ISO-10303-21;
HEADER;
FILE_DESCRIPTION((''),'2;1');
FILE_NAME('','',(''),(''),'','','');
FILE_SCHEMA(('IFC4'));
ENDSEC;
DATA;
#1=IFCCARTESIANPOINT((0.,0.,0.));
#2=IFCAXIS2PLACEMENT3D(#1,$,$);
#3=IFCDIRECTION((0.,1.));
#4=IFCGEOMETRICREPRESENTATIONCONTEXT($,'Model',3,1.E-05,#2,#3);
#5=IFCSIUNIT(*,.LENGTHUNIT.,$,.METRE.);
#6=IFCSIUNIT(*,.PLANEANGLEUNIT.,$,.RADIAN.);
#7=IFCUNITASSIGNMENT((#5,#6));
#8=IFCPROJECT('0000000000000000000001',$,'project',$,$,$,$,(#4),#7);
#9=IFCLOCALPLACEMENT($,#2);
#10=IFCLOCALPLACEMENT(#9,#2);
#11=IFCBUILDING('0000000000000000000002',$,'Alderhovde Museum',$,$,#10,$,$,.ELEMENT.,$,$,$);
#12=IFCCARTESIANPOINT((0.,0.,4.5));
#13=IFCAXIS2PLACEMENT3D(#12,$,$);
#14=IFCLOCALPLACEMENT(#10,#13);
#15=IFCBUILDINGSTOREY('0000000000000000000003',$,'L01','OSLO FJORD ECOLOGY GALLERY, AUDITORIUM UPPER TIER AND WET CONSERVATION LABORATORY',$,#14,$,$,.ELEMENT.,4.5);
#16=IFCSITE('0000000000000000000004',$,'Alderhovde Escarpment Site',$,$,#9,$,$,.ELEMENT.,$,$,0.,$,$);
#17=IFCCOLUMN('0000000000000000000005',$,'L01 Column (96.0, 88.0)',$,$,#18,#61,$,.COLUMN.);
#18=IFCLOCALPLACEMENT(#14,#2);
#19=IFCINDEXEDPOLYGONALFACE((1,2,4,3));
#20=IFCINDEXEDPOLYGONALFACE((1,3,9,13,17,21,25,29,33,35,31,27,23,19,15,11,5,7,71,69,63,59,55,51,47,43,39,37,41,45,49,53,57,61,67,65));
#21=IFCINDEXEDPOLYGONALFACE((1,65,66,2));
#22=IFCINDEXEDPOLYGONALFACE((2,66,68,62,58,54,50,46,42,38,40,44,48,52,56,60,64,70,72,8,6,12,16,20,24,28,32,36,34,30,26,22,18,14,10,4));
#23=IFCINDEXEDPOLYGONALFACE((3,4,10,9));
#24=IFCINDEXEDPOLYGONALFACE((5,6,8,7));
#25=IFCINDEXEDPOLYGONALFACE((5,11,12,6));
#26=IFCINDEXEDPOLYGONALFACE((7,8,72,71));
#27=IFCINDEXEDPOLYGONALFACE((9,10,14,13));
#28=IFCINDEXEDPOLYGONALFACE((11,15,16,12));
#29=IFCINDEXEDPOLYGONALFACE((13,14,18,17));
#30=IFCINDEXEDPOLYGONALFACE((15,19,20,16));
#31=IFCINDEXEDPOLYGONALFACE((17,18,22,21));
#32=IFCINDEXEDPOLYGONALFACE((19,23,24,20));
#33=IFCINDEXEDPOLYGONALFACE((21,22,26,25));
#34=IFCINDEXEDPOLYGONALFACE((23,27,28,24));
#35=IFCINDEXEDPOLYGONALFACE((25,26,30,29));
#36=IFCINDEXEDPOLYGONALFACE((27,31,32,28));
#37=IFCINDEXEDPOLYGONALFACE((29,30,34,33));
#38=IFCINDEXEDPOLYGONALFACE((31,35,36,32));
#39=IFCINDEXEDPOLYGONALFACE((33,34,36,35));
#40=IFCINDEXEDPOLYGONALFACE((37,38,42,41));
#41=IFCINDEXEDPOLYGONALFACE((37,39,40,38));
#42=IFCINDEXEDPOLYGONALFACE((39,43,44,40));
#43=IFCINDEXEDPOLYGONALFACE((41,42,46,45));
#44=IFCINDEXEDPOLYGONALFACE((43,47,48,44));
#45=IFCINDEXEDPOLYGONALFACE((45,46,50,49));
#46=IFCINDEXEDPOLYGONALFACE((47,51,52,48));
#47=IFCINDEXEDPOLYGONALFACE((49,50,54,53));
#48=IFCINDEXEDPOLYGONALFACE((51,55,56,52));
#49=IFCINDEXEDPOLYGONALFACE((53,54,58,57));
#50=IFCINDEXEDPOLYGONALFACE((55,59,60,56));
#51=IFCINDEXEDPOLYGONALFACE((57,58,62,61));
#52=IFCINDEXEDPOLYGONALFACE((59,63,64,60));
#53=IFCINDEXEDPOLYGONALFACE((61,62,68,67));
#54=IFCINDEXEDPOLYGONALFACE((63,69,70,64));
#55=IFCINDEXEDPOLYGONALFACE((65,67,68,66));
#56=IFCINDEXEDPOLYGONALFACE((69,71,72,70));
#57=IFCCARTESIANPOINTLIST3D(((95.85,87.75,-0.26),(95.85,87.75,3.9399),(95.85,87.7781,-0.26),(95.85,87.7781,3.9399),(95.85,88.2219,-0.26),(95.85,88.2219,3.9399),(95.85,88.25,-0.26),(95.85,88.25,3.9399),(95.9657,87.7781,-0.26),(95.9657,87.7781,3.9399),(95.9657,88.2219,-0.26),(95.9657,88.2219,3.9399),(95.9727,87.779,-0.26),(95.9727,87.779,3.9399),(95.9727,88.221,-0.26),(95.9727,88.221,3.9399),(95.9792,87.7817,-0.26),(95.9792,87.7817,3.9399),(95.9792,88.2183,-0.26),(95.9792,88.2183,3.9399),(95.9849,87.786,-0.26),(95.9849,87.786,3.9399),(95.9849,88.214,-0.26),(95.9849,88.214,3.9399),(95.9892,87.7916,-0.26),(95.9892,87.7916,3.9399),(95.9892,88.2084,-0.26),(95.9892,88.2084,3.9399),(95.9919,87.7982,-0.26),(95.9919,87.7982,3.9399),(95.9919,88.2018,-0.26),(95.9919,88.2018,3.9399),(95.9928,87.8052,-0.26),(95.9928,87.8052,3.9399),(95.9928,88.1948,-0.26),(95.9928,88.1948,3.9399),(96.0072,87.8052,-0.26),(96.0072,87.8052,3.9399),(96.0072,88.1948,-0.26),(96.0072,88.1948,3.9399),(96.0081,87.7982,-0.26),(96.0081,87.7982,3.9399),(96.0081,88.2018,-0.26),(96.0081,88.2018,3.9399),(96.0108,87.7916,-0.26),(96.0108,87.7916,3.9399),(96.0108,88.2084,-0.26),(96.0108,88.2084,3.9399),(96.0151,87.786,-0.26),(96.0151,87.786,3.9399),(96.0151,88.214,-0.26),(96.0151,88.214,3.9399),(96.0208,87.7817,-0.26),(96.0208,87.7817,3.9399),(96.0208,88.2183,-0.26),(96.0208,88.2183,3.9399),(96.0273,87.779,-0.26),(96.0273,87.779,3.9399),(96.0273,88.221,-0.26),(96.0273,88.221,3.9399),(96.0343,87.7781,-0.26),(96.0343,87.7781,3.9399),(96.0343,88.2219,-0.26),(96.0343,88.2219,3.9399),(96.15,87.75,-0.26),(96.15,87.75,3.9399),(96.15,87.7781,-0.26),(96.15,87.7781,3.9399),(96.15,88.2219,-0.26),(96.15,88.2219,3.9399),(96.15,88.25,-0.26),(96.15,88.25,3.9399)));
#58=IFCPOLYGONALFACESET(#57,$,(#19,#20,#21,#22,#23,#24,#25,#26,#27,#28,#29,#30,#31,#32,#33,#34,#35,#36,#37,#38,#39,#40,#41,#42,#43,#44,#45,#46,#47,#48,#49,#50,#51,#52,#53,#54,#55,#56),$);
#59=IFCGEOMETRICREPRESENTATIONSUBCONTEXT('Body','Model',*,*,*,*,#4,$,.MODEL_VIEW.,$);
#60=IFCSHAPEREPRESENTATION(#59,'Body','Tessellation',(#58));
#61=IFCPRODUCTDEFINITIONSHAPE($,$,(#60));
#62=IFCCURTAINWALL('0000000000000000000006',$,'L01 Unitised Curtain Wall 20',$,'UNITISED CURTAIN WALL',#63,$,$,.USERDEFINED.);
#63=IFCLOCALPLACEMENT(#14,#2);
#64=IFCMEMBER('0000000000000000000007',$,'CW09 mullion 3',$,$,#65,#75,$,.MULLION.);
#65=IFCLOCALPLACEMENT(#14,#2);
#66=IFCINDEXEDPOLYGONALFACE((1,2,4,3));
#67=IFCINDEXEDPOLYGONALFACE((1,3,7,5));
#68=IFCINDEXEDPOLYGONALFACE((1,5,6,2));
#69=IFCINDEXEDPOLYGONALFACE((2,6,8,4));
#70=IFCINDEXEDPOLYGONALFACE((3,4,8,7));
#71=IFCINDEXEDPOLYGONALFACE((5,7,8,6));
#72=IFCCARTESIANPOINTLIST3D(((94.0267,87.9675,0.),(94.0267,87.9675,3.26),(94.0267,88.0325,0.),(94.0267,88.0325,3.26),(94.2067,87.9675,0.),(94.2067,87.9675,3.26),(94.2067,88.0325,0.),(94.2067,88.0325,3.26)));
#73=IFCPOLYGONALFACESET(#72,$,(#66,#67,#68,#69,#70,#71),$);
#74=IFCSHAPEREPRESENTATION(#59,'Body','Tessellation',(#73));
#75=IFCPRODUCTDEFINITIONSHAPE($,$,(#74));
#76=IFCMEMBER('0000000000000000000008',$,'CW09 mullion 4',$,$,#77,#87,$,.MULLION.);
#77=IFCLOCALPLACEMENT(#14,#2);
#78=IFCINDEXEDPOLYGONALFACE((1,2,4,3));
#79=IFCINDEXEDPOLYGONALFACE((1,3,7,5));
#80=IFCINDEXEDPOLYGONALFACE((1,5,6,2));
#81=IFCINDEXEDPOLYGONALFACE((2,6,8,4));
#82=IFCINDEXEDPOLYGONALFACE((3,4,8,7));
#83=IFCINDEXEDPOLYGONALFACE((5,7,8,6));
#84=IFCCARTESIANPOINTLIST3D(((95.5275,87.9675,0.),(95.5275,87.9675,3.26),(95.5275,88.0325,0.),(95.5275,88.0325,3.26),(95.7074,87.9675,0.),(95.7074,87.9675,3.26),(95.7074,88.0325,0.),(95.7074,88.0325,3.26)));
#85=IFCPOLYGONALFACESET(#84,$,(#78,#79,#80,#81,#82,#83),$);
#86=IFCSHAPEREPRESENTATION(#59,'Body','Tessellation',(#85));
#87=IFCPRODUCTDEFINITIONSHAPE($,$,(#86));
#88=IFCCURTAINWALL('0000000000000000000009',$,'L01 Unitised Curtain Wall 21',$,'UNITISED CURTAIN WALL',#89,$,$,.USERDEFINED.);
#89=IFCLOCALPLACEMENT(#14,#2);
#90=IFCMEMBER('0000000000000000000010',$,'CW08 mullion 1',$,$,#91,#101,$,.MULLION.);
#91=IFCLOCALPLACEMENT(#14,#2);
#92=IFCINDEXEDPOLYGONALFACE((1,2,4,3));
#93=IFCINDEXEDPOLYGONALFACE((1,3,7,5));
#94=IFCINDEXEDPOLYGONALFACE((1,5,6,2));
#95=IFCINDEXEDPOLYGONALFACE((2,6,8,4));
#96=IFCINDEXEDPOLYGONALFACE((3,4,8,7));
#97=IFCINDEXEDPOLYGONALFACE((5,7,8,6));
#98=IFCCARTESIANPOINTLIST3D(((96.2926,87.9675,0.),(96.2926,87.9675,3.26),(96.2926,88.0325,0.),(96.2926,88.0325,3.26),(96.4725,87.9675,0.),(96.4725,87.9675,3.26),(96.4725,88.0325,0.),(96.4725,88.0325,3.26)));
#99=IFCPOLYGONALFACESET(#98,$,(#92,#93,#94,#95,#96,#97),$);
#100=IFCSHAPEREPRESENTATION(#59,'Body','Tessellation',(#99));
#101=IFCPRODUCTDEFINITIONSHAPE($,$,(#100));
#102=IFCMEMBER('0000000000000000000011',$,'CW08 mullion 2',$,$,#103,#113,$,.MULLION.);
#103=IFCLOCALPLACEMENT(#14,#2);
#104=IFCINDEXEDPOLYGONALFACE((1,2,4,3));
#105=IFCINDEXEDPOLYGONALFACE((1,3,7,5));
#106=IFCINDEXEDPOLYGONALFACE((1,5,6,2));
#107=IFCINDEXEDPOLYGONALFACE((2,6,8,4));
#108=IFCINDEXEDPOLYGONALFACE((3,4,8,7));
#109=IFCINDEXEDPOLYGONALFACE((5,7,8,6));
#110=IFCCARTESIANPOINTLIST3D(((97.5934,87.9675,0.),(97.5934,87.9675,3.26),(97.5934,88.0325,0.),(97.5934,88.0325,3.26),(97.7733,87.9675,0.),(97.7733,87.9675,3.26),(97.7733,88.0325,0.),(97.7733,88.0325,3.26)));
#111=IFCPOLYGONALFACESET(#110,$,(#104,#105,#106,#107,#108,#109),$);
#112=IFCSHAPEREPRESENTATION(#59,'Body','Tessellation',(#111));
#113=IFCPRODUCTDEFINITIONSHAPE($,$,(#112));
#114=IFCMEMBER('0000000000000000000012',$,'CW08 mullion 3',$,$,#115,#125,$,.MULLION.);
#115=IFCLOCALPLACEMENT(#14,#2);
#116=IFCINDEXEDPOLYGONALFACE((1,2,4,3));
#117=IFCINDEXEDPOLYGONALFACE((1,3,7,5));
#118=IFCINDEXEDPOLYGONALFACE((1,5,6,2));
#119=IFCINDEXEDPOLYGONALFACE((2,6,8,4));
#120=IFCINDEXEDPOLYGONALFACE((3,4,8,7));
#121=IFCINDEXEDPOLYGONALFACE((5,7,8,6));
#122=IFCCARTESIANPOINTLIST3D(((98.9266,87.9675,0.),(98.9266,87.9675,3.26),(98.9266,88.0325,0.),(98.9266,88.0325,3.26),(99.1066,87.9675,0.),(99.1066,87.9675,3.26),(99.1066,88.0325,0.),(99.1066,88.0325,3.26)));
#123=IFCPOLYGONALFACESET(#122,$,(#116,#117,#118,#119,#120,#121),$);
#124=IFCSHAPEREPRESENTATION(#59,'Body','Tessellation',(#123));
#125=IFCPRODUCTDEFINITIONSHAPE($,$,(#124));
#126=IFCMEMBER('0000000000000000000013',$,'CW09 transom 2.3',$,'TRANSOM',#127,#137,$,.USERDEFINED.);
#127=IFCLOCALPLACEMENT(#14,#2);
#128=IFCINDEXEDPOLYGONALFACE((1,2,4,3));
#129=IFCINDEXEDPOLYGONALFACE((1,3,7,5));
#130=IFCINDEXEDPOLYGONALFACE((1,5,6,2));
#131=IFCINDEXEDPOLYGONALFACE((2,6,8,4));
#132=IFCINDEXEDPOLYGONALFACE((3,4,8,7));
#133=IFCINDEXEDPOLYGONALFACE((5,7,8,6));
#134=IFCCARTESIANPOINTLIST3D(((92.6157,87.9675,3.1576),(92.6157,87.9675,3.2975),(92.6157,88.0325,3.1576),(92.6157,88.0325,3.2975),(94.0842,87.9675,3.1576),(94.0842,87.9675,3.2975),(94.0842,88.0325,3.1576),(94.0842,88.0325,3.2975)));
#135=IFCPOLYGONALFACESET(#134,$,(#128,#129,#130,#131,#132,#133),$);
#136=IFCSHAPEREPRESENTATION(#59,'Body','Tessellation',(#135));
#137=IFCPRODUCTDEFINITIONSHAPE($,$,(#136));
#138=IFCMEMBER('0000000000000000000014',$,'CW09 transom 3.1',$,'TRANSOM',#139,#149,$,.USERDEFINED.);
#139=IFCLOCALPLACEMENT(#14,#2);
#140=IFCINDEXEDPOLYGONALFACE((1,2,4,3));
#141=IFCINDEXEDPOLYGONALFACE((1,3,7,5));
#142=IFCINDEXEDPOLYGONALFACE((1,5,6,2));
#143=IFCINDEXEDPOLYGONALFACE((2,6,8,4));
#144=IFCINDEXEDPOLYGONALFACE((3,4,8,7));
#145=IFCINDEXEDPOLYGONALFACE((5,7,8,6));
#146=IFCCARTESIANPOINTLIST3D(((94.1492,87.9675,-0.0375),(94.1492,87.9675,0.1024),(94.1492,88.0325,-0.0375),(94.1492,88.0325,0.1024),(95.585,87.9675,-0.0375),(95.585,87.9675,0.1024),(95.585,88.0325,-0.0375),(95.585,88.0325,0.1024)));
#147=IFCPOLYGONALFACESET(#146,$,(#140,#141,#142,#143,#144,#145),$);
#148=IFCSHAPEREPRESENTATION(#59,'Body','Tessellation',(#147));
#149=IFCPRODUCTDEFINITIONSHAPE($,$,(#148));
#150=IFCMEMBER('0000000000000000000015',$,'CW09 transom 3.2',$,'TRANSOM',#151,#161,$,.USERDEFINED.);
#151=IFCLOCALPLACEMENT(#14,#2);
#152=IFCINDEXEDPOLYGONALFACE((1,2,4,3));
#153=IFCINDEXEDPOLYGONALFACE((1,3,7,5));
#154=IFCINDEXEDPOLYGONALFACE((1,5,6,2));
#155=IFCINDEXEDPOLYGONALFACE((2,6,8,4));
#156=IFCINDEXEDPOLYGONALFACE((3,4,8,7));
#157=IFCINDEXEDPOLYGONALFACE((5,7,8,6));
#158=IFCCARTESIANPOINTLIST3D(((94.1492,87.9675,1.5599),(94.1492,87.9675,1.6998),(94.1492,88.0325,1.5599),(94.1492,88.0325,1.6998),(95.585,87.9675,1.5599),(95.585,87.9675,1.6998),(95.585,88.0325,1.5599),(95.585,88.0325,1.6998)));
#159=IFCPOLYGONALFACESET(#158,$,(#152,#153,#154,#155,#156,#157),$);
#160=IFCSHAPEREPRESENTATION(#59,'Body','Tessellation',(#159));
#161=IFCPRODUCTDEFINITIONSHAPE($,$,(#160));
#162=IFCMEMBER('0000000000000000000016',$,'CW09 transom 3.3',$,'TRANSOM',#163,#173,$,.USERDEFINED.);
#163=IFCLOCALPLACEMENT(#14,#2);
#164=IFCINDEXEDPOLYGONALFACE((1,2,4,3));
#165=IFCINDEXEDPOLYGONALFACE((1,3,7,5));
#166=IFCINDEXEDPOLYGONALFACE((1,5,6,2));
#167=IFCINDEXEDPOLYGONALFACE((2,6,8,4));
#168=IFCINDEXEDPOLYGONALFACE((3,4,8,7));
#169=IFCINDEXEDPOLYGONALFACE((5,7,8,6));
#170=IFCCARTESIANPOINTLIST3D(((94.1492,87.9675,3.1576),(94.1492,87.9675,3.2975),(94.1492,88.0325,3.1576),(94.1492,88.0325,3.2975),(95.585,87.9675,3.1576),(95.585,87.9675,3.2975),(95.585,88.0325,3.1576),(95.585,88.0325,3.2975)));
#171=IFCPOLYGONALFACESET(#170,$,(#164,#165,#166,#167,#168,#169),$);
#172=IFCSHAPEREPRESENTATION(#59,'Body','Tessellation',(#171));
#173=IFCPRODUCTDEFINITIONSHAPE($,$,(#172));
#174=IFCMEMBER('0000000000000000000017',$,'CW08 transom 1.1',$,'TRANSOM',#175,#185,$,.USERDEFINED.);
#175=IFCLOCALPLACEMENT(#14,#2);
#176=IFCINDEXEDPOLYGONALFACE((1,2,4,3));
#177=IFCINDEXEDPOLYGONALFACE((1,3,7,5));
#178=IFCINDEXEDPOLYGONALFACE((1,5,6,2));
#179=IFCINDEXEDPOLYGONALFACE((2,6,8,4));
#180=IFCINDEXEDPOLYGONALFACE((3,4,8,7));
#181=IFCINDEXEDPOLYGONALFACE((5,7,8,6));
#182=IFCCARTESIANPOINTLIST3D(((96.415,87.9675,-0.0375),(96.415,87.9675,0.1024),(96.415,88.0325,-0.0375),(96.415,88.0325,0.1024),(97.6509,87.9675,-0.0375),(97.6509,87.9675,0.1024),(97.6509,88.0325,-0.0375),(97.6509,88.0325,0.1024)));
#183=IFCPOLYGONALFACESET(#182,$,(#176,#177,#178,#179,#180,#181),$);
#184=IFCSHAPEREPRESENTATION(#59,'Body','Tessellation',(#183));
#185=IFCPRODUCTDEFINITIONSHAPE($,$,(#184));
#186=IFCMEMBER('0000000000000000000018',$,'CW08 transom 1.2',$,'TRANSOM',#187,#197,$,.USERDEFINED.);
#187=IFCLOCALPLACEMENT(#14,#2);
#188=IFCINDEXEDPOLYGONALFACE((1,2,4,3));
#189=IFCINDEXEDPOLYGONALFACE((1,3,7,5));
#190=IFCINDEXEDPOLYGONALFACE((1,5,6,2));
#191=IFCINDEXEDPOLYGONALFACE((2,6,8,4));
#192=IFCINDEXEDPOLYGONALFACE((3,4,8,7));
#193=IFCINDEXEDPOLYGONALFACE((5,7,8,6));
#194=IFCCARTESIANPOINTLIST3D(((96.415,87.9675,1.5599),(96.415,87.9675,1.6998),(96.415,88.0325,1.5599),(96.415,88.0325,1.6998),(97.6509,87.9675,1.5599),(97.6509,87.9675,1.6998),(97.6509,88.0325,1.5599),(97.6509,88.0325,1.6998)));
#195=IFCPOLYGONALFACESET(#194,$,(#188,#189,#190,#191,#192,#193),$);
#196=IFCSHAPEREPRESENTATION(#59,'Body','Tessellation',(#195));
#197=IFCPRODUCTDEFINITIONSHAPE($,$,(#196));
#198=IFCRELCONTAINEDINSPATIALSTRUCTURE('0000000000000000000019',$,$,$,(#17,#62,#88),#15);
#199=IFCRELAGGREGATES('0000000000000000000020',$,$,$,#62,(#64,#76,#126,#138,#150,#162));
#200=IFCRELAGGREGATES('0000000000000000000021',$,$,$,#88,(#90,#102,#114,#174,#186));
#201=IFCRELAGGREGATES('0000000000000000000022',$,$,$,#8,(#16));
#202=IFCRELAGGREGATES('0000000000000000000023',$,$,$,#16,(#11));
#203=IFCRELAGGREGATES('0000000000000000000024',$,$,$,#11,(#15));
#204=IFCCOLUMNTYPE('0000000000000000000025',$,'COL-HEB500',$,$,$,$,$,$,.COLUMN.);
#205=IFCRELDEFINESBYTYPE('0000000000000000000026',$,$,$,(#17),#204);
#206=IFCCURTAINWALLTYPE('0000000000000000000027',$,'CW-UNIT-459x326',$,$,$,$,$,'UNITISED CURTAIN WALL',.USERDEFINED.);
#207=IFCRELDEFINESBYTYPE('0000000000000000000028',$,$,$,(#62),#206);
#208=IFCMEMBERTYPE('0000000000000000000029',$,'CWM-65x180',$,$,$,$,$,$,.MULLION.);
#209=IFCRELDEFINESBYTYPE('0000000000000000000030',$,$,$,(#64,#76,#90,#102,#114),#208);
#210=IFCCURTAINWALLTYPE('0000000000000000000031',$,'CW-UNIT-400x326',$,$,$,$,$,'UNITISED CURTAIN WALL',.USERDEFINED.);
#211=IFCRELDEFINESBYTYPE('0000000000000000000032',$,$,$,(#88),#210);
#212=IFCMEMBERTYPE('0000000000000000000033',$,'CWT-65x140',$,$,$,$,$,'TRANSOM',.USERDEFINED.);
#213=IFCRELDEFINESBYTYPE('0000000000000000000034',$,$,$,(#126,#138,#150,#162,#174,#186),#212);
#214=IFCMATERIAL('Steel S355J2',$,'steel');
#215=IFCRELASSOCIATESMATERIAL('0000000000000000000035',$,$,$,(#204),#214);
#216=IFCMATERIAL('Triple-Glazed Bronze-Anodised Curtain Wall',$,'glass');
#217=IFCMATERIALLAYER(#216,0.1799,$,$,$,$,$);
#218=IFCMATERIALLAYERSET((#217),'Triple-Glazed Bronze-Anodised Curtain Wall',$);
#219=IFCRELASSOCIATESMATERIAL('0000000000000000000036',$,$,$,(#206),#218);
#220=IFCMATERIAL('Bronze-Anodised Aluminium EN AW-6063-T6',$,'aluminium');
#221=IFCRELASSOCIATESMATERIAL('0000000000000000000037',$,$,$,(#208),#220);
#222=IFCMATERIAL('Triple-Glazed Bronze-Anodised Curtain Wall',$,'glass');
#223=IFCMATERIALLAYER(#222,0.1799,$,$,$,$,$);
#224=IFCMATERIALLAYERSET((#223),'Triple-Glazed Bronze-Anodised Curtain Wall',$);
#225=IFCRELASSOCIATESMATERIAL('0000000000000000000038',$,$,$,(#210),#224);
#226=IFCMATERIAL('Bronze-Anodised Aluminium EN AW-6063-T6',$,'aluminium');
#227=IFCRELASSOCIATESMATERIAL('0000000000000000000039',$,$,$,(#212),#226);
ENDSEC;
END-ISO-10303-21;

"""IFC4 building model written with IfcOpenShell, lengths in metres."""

from ifc_helpers import new_model, si_unit, direction, frame, origin, origin_2d, place, context, subcontext, project, spatial, rectangle, i_section, extrude, material, layer, layer_set, material_profile, profile_set, type_object, element, aggregate, save


model = new_model("IFC4")

# Units and contexts
model_context = context("Model", 3, precision=1e-05, world=origin(), true_north=direction((0.0, 1.0)))
body_context = subcontext(model_context, "Body", "Model", "MODEL_VIEW")
ifc_project = project(units=[si_unit("LENGTHUNIT", "METRE"), si_unit("PLANEANGLEUNIT", "RADIAN")], contexts=[model_context])

# Site, building, storey
site_placement = place(None, origin())
site = spatial("IfcSite", under=ifc_project, at=site_placement, Name="Alderhovde Escarpment Site", CompositionType="ELEMENT", RefElevation=0.0)
building_placement = place(site_placement, origin())
building = spatial("IfcBuilding", under=site, at=building_placement, Name="Alderhovde Museum", CompositionType="ELEMENT")
storey_placement = place(building_placement, frame((0.0, 0.0, 4.5)))
storey = spatial("IfcBuildingStorey", under=building, at=storey_placement, Name="L01", Description="OSLO FJORD ECOLOGY GALLERY, AUDITORIUM UPPER TIER AND WET CONSERVATION LABORATORY", CompositionType="ELEMENT", Elevation=4.5)

# Column
ifc_material_1 = material(Name="Steel S355J2", Category="steel")
ifc_material_profile_1 = material_profile(ifc_material_1, i_section(OverallWidth=0.3, OverallDepth=0.5, WebThickness=0.0144, FlangeThickness=0.0281, FilletRadius=0.0271, at=origin_2d()), Name="HEB 500")
ifc_profile_set_1 = profile_set([ifc_material_profile_1], Name="Steel S355J2")
column_type = type_object("IfcColumnType", Name="COL-HEB500", PredefinedType="COLUMN", material=ifc_profile_set_1)
column_placement = place(storey_placement, frame((96.0, 88.0, -0.26), z_axis=(0.0, 0.0, 1.0), x_axis=(1.0, 0.0, 0.0)))
element("IfcColumn", 1, at=column_placement, inside=storey, type_object=column_type, Name="L01 Column (96.0, 88.0)", PredefinedType="COLUMN", context=body_context, shape_type="SweptSolid", body=[
    extrude(i_section(OverallWidth=0.3, OverallDepth=0.5, WebThickness=0.0144, FlangeThickness=0.0281, FilletRadius=0.0271, at=origin_2d()), origin(), (0.0, 0.0, 1.0), 4.2),
])

# Curtain walls, members
ifc_material_2 = material(Name="Triple-Glazed Bronze-Anodised Curtain Wall", Category="glass")
ifc_layer_1 = layer(ifc_material_2, 0.1799)
ifc_layer_set_1 = layer_set([ifc_layer_1], Name="Triple-Glazed Bronze-Anodised Curtain Wall")
curtain_wall_type_1 = type_object("IfcCurtainWallType", Name="CW-UNIT-459x326", ElementType="UNITISED CURTAIN WALL", PredefinedType="USERDEFINED", material=ifc_layer_set_1)
curtain_wall_1_placement = place(storey_placement, origin())
curtain_wall_1 = element("IfcCurtainWall", 2, at=curtain_wall_1_placement, inside=storey, type_object=curtain_wall_type_1, Name="L01 Unitised Curtain Wall 20", ObjectType="UNITISED CURTAIN WALL", PredefinedType="USERDEFINED")
ifc_material_3 = material(Name="Bronze-Anodised Aluminium EN AW-6063-T6", Category="aluminium")
ifc_material_profile_2 = material_profile(ifc_material_3, rectangle(XDim=0.0649, YDim=0.1799, at=origin_2d()), Name="MULLION 65x180")
ifc_profile_set_2 = profile_set([ifc_material_profile_2], Name="Bronze-Anodised Aluminium EN AW-6063-T6")
member_type_1 = type_object("IfcMemberType", Name="CWM-65x180", PredefinedType="MULLION", material=ifc_profile_set_2)
member_1_placement = place(storey_placement, frame((94.1167, 88.0, 0.0), z_axis=(0.0, 0.0, 1.0), x_axis=(0.0, 1.0, 0.0)))
member_1 = element("IfcMember", 3, at=member_1_placement, type_object=member_type_1, Name="CW09 mullion 3", PredefinedType="MULLION", context=body_context, shape_type="SweptSolid", body=[
    extrude(rectangle(XDim=0.0649, YDim=0.1799, at=origin_2d()), origin(), (0.0, 0.0, 1.0), 3.26),
])
member_2_placement = place(storey_placement, frame((95.6174, 88.0, 0.0), z_axis=(0.0, 0.0, 1.0), x_axis=(0.0, 1.0, 0.0)))
member_2 = element("IfcMember", 4, at=member_2_placement, type_object=member_type_1, Name="CW09 mullion 4", PredefinedType="MULLION", context=body_context, shape_type="SweptSolid", body=[
    extrude(rectangle(XDim=0.0649, YDim=0.1799, at=origin_2d()), origin(), (0.0, 0.0, 1.0), 3.26),
])
ifc_material_4 = material(Name="Triple-Glazed Bronze-Anodised Curtain Wall", Category="glass")
ifc_layer_2 = layer(ifc_material_4, 0.1799)
ifc_layer_set_2 = layer_set([ifc_layer_2], Name="Triple-Glazed Bronze-Anodised Curtain Wall")
curtain_wall_type_2 = type_object("IfcCurtainWallType", Name="CW-UNIT-400x326", ElementType="UNITISED CURTAIN WALL", PredefinedType="USERDEFINED", material=ifc_layer_set_2)
curtain_wall_2_placement = place(storey_placement, origin())
curtain_wall_2 = element("IfcCurtainWall", 5, at=curtain_wall_2_placement, inside=storey, type_object=curtain_wall_type_2, Name="L01 Unitised Curtain Wall 21", ObjectType="UNITISED CURTAIN WALL", PredefinedType="USERDEFINED")
member_3_placement = place(storey_placement, frame((96.3826, 88.0, 0.0), z_axis=(0.0, 0.0, 1.0), x_axis=(0.0, 1.0, 0.0)))
member_3 = element("IfcMember", 6, at=member_3_placement, type_object=member_type_1, Name="CW08 mullion 1", PredefinedType="MULLION", context=body_context, shape_type="SweptSolid", body=[
    extrude(rectangle(XDim=0.0649, YDim=0.1799, at=origin_2d()), origin(), (0.0, 0.0, 1.0), 3.26),
])
member_4_placement = place(storey_placement, frame((97.6833, 88.0, 0.0), z_axis=(0.0, 0.0, 1.0), x_axis=(0.0, 1.0, 0.0)))
member_4 = element("IfcMember", 7, at=member_4_placement, type_object=member_type_1, Name="CW08 mullion 2", PredefinedType="MULLION", context=body_context, shape_type="SweptSolid", body=[
    extrude(rectangle(XDim=0.0649, YDim=0.1799, at=origin_2d()), origin(), (0.0, 0.0, 1.0), 3.26),
])
member_5_placement = place(storey_placement, frame((99.0166, 88.0, 0.0), z_axis=(0.0, 0.0, 1.0), x_axis=(0.0, 1.0, 0.0)))
member_5 = element("IfcMember", 8, at=member_5_placement, type_object=member_type_1, Name="CW08 mullion 3", PredefinedType="MULLION", context=body_context, shape_type="SweptSolid", body=[
    extrude(rectangle(XDim=0.0649, YDim=0.1799, at=origin_2d()), origin(), (0.0, 0.0, 1.0), 3.26),
])

# Members
ifc_material_5 = material(Name="Bronze-Anodised Aluminium EN AW-6063-T6", Category="aluminium")
ifc_material_profile_3 = material_profile(ifc_material_5, rectangle(XDim=0.0649, YDim=0.1399, at=origin_2d()), Name="TRANSOM 65x140")
ifc_profile_set_3 = profile_set([ifc_material_profile_3], Name="Bronze-Anodised Aluminium EN AW-6063-T6")
member_type_2 = type_object("IfcMemberType", Name="CWT-65x140", ElementType="TRANSOM", PredefinedType="USERDEFINED", material=ifc_profile_set_3)
member_6_placement = place(storey_placement, frame((92.6157, 88.0, 3.2275), z_axis=(1.0, 0.0, 0.0), x_axis=(0.0, 1.0, 0.0)))
member_6 = element("IfcMember", 9, at=member_6_placement, type_object=member_type_2, Name="CW09 transom 2.3", ObjectType="TRANSOM", PredefinedType="USERDEFINED", context=body_context, shape_type="SweptSolid", body=[
    extrude(rectangle(XDim=0.0649, YDim=0.1399, at=origin_2d()), origin(), (0.0, 0.0, 1.0), 1.4685),
])
member_7_placement = place(storey_placement, frame((94.1492, 88.0, 0.0325), z_axis=(1.0, 0.0, 0.0), x_axis=(0.0, 1.0, 0.0)))
member_7 = element("IfcMember", 10, at=member_7_placement, type_object=member_type_2, Name="CW09 transom 3.1", ObjectType="TRANSOM", PredefinedType="USERDEFINED", context=body_context, shape_type="SweptSolid", body=[
    extrude(rectangle(XDim=0.0649, YDim=0.1399, at=origin_2d()), origin(), (0.0, 0.0, 1.0), 1.4358),
])
member_8_placement = place(storey_placement, frame((94.1492, 88.0, 1.6299), z_axis=(1.0, 0.0, 0.0), x_axis=(0.0, 1.0, 0.0)))
member_8 = element("IfcMember", 11, at=member_8_placement, type_object=member_type_2, Name="CW09 transom 3.2", ObjectType="TRANSOM", PredefinedType="USERDEFINED", context=body_context, shape_type="SweptSolid", body=[
    extrude(rectangle(XDim=0.0649, YDim=0.1399, at=origin_2d()), origin(), (0.0, 0.0, 1.0), 1.4358),
])
member_9_placement = place(storey_placement, frame((94.1492, 88.0, 3.2275), z_axis=(1.0, 0.0, 0.0), x_axis=(0.0, 1.0, 0.0)))
member_9 = element("IfcMember", 12, at=member_9_placement, type_object=member_type_2, Name="CW09 transom 3.3", ObjectType="TRANSOM", PredefinedType="USERDEFINED", context=body_context, shape_type="SweptSolid", body=[
    extrude(rectangle(XDim=0.0649, YDim=0.1399, at=origin_2d()), origin(), (0.0, 0.0, 1.0), 1.4358),
])
member_10_placement = place(storey_placement, frame((96.415, 88.0, 0.0325), z_axis=(1.0, 0.0, 0.0), x_axis=(0.0, 1.0, 0.0)))
member_10 = element("IfcMember", 13, at=member_10_placement, type_object=member_type_2, Name="CW08 transom 1.1", ObjectType="TRANSOM", PredefinedType="USERDEFINED", context=body_context, shape_type="SweptSolid", body=[
    extrude(rectangle(XDim=0.0649, YDim=0.1399, at=origin_2d()), origin(), (0.0, 0.0, 1.0), 1.2358),
])
member_11_placement = place(storey_placement, frame((96.415, 88.0, 1.6299), z_axis=(1.0, 0.0, 0.0), x_axis=(0.0, 1.0, 0.0)))
member_11 = element("IfcMember", 14, at=member_11_placement, type_object=member_type_2, Name="CW08 transom 1.2", ObjectType="TRANSOM", PredefinedType="USERDEFINED", context=body_context, shape_type="SweptSolid", body=[
    extrude(rectangle(XDim=0.0649, YDim=0.1399, at=origin_2d()), origin(), (0.0, 0.0, 1.0), 1.2358),
])

aggregate(curtain_wall_1, [member_1, member_2, member_6, member_7, member_8, member_9])
aggregate(curtain_wall_2, [member_3, member_4, member_5, member_10, member_11])

save(model, "model.ifc")
